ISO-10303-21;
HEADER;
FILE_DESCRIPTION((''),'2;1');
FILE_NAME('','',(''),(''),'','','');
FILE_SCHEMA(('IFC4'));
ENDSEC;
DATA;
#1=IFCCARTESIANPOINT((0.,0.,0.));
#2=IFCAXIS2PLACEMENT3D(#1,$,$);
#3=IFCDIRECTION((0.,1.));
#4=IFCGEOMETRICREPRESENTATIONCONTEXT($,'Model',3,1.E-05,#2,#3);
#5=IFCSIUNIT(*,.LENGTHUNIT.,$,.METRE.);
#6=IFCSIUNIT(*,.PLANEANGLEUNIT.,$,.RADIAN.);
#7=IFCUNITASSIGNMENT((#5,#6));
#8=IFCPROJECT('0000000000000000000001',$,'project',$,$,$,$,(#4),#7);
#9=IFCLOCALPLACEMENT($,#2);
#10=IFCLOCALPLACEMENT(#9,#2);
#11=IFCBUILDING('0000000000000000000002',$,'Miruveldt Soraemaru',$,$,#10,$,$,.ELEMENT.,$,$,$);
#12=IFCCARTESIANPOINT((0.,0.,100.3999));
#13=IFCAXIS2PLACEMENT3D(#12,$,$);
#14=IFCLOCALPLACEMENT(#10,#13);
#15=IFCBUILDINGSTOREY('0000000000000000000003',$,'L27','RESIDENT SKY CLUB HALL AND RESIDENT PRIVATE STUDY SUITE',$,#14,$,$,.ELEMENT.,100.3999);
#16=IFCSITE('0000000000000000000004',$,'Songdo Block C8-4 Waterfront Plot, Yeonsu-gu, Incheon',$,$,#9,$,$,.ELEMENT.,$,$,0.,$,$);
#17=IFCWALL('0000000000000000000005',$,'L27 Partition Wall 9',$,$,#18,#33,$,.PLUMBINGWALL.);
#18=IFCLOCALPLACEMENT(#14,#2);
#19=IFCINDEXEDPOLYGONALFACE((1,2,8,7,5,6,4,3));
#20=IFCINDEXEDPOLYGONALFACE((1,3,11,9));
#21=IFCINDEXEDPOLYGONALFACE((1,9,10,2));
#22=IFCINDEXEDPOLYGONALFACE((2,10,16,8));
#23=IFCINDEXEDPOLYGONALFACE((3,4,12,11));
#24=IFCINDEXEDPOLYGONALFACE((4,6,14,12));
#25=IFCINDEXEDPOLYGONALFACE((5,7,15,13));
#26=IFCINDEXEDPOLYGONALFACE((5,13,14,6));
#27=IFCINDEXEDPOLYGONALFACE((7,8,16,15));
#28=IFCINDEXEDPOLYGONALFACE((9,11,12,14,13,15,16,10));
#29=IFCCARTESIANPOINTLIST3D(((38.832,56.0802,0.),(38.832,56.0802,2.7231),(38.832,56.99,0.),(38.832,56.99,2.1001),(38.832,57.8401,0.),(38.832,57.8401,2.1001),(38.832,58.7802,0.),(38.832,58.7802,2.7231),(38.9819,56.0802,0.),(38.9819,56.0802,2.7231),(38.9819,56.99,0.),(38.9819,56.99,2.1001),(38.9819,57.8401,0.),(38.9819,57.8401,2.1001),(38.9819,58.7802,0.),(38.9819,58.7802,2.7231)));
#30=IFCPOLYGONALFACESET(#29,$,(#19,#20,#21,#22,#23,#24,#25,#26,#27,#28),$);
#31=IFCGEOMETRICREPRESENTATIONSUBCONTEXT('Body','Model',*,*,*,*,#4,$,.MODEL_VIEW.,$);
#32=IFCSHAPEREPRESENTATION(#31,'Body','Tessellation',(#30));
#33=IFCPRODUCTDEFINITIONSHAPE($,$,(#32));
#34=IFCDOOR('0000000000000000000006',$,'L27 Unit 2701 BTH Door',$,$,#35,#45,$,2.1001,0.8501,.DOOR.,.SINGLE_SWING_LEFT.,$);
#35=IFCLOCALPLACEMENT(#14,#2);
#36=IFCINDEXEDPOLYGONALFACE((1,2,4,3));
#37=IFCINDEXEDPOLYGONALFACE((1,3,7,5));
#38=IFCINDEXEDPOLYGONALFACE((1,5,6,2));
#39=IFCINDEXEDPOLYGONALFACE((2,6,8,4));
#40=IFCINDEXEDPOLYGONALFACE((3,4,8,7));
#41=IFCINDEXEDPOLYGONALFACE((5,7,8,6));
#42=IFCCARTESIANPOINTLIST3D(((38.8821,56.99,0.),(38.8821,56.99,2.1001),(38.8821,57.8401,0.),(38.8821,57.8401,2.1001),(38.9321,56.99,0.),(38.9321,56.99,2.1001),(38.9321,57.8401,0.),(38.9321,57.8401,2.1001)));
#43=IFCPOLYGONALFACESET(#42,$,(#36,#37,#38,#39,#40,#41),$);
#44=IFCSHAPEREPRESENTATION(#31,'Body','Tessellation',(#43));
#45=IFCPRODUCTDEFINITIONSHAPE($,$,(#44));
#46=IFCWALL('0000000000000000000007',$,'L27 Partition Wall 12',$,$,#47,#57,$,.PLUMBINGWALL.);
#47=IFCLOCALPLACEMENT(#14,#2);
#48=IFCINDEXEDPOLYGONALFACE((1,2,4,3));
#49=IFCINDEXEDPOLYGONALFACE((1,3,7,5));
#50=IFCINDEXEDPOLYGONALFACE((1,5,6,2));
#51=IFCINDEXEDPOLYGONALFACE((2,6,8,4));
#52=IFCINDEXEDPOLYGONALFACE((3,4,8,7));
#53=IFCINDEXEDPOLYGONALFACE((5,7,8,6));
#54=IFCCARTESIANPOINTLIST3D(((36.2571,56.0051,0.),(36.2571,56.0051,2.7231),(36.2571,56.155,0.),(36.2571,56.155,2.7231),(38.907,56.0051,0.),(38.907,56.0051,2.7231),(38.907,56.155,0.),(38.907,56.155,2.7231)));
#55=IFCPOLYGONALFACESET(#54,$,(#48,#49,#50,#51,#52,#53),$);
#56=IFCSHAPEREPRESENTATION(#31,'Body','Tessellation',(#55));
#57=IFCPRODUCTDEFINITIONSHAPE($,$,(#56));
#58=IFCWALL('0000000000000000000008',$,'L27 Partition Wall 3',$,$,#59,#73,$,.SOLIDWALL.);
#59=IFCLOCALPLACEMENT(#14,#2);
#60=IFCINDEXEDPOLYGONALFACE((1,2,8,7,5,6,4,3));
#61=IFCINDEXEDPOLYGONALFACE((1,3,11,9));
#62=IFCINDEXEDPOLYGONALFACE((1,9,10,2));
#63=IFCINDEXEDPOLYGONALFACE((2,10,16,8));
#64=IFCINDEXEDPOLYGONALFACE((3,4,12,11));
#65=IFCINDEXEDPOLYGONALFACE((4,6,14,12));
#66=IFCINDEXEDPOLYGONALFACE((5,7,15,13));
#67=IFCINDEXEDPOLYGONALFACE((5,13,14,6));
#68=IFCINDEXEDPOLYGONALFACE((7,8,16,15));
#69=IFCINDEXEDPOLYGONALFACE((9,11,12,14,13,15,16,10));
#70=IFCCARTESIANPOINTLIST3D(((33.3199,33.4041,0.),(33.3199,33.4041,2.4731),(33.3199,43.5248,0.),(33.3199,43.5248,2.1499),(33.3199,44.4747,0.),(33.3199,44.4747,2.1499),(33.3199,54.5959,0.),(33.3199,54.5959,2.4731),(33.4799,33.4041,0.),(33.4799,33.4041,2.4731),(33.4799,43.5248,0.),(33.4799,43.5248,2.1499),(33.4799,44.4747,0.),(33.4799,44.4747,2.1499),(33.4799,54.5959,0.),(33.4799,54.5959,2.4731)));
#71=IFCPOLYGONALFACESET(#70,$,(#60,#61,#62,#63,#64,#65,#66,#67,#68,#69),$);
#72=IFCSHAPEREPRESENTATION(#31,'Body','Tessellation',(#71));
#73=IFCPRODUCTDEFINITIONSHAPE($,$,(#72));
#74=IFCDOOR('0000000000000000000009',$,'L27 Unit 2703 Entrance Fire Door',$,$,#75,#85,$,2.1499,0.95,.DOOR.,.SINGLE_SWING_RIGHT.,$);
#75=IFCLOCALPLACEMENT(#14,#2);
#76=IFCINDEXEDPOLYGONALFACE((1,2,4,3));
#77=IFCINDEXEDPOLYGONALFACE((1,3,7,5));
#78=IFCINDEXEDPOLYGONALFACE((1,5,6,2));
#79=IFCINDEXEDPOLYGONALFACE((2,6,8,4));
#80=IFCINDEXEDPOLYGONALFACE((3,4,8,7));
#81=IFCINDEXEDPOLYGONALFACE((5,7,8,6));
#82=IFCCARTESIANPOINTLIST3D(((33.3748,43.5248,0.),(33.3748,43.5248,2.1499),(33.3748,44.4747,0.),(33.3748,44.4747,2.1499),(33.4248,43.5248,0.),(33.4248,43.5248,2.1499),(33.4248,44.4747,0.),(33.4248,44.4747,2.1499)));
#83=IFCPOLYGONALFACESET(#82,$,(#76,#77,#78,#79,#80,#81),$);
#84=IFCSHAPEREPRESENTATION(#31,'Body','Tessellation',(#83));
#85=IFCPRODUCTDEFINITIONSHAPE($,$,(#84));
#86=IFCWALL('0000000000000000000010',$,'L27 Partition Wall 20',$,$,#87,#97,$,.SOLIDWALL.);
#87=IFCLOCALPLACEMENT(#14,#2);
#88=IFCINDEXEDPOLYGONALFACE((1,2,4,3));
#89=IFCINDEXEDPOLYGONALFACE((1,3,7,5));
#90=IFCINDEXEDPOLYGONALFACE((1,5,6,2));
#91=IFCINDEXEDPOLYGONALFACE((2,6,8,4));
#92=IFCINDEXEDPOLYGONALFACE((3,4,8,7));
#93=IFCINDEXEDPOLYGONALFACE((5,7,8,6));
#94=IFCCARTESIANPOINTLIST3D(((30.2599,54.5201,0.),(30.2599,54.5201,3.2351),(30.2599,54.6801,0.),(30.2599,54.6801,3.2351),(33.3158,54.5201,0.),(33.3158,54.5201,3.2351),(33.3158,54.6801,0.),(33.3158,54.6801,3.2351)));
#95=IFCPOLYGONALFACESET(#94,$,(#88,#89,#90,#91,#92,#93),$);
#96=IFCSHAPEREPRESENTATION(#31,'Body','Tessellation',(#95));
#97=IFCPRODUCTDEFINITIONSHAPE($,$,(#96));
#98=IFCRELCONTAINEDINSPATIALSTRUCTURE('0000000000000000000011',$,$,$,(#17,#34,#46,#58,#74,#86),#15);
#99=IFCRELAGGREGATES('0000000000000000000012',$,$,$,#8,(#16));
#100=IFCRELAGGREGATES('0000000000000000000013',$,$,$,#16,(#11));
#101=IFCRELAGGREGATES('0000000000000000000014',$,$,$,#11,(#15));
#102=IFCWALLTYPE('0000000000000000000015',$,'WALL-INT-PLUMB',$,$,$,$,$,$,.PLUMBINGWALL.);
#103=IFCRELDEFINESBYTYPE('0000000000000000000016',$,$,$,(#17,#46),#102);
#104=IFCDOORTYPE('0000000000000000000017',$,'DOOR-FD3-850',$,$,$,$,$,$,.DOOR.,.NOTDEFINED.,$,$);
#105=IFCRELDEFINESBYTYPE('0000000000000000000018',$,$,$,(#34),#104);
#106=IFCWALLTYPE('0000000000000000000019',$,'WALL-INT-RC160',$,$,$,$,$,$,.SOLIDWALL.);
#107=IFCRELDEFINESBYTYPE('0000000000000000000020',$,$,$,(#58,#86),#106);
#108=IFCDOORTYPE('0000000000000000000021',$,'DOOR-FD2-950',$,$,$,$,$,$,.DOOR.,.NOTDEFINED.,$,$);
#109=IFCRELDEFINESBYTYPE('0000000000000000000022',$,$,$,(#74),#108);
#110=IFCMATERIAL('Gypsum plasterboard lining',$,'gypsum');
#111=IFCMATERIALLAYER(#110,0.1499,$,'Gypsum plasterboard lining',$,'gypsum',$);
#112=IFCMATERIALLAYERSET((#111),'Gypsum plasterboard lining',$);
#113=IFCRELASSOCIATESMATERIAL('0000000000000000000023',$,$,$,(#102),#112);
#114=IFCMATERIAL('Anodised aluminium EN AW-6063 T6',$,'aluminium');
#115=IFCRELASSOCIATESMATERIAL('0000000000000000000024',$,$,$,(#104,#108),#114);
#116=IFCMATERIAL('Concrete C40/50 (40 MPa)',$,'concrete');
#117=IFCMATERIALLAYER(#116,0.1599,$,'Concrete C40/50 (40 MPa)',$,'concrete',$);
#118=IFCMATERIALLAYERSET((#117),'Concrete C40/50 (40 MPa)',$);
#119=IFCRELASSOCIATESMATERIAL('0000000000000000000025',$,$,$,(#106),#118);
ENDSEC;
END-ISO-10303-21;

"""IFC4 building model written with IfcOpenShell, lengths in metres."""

from ifc_helpers import new_model, si_unit, direction, frame, frame_2d, origin, place, context, subcontext, project, spatial, rectangle, extrude, material, layer, layer_set, type_object, element, fill, save


model = new_model("IFC4")

# Units and contexts
model_context = context("Model", 3, precision=1e-05, world=origin(), true_north=direction((0.0, 1.0)))
body_context = subcontext(model_context, "Body", "Model", "MODEL_VIEW")
ifc_project = project(units=[si_unit("LENGTHUNIT", "METRE"), si_unit("PLANEANGLEUNIT", "RADIAN")], contexts=[model_context])

# Site, building, storey
site_placement = place(None, origin())
site = spatial("IfcSite", under=ifc_project, at=site_placement, Name="Songdo Block C8-4 Waterfront Plot, Yeonsu-gu, Incheon", CompositionType="ELEMENT", RefElevation=0.0)
building_placement = place(site_placement, origin())
building = spatial("IfcBuilding", under=site, at=building_placement, Name="Miruveldt Soraemaru", CompositionType="ELEMENT")
storey_placement = place(building_placement, frame((0.0, 0.0, 100.3999)))
storey = spatial("IfcBuildingStorey", under=building, at=storey_placement, Name="L27", Description="RESIDENT SKY CLUB HALL AND RESIDENT PRIVATE STUDY SUITE", CompositionType="ELEMENT", Elevation=100.3999)

# Wall, opening, door
ifc_material_1 = material(Name="Gypsum plasterboard lining", Category="gypsum")
ifc_material_2 = material(Name="Anodised aluminium EN AW-6063 T6", Category="aluminium")
ifc_layer_1 = layer(ifc_material_1, 0.1499, Name="Gypsum plasterboard lining", Category="gypsum")
ifc_layer_set_1 = layer_set([ifc_layer_1], Name="Gypsum plasterboard lining")
wall_type_1 = type_object("IfcWallType", Name="WALL-INT-PLUMB", PredefinedType="PLUMBINGWALL", material=ifc_layer_set_1)
wall_1_placement = place(storey_placement, frame((38.907, 56.0801, 0.0), z_axis=(0.0, 0.0, 1.0), x_axis=(0.0, 1.0, 0.0)))
wall_1 = element("IfcWall", 1, at=wall_1_placement, inside=storey, type_object=wall_type_1, Name="L27 Partition Wall 9", PredefinedType="PLUMBINGWALL", context=body_context, shape_type="SweptSolid", body=[
    extrude(rectangle(XDim=2.7, YDim=0.1499, at=frame_2d((1.3501, 0.0))), origin(), (0.0, 0.0, 1.0), 2.7231),
])
opening_1_placement = place(wall_1_placement, frame((0.9099, 0.0, 0.0)))
opening_1 = element("IfcOpeningElement", 2, at=opening_1_placement, cuts=wall_1, PredefinedType="OPENING", context=body_context, shape_type="SweptSolid", body=[
    extrude(rectangle(XDim=0.8501, YDim=2.1001, at=frame_2d((0.425, 1.05))), frame((0.0, 0.085, 0.0), z_axis=(0.0, -1.0, 0.0), x_axis=(1.0, 0.0, 0.0)), (0.0, 0.0, 1.0), 0.1699),
])
door_type_1 = type_object("IfcDoorType", Name="DOOR-FD3-850", OperationType="NOTDEFINED", PredefinedType="DOOR", material=ifc_material_2)
door_1_placement = place(opening_1_placement, origin())
door_1 = element("IfcDoor", 3, at=door_1_placement, inside=storey, type_object=door_type_1, Name="L27 Unit 2701 BTH Door", OperationType="SINGLE_SWING_LEFT", OverallHeight=2.1001, OverallWidth=0.8501, PredefinedType="DOOR", context=body_context, shape_type="SweptSolid", body=[
    extrude(rectangle(XDim=0.8501, YDim=2.1001, at=frame_2d((0.425, 1.05))), frame((0.0, 0.0249, 0.0), z_axis=(0.0, -1.0, 0.0), x_axis=(1.0, 0.0, 0.0)), (0.0, 0.0, 1.0), 0.05),
])
fill(opening_1, door_1)

# Wall
wall_2_placement = place(storey_placement, frame((36.2571, 56.0801, 0.0), z_axis=(0.0, 0.0, 1.0), x_axis=(1.0, 0.0, 0.0)))
element("IfcWall", 4, at=wall_2_placement, inside=storey, type_object=wall_type_1, Name="L27 Partition Wall 12", PredefinedType="PLUMBINGWALL", context=body_context, shape_type="SweptSolid", body=[
    extrude(rectangle(XDim=2.6499, YDim=0.1499, at=frame_2d((1.325, 0.0))), origin(), (0.0, 0.0, 1.0), 2.7231),
])

# Wall, opening, door
ifc_material_3 = material(Name="Concrete C40/50 (40 MPa)", Category="concrete")
ifc_layer_2 = layer(ifc_material_3, 0.1599, Name="Concrete C40/50 (40 MPa)", Category="concrete")
ifc_layer_set_2 = layer_set([ifc_layer_2], Name="Concrete C40/50 (40 MPa)")
wall_type_2 = type_object("IfcWallType", Name="WALL-INT-RC160", PredefinedType="SOLIDWALL", material=ifc_layer_set_2)
wall_3_placement = place(storey_placement, frame((33.3999, 54.5959, 0.0), z_axis=(0.0, 0.0, 1.0), x_axis=(0.0, -1.0, 0.0)))
wall_3 = element("IfcWall", 5, at=wall_3_placement, inside=storey, type_object=wall_type_2, Name="L27 Partition Wall 3", PredefinedType="SOLIDWALL", context=body_context, shape_type="SweptSolid", body=[
    extrude(rectangle(XDim=21.1919, YDim=0.1599, at=frame_2d((10.5959, 0.0))), origin(), (0.0, 0.0, 1.0), 2.4731),
])
opening_2_placement = place(wall_3_placement, frame((10.1211, 0.0, 0.0)))
opening_2 = element("IfcOpeningElement", 6, at=opening_2_placement, cuts=wall_3, PredefinedType="OPENING", context=body_context, shape_type="SweptSolid", body=[
    extrude(rectangle(XDim=0.95, YDim=2.1499, at=frame_2d((0.4751, 1.075))), frame((0.0, 0.0898, 0.0), z_axis=(0.0, -1.0, 0.0), x_axis=(1.0, 0.0, 0.0)), (0.0, 0.0, 1.0), 0.1799),
])
door_type_2 = type_object("IfcDoorType", Name="DOOR-FD2-950", OperationType="NOTDEFINED", PredefinedType="DOOR", material=ifc_material_2)
door_2_placement = place(opening_2_placement, origin())
door_2 = element("IfcDoor", 7, at=door_2_placement, inside=storey, type_object=door_type_2, Name="L27 Unit 2703 Entrance Fire Door", OperationType="SINGLE_SWING_RIGHT", OverallHeight=2.1499, OverallWidth=0.95, PredefinedType="DOOR", context=body_context, shape_type="SweptSolid", body=[
    extrude(rectangle(XDim=0.95, YDim=2.1499, at=frame_2d((0.4751, 1.075))), frame((0.0, 0.0249, 0.0), z_axis=(0.0, -1.0, 0.0), x_axis=(1.0, 0.0, 0.0)), (0.0, 0.0, 1.0), 0.05),
])
fill(opening_2, door_2)

# Wall
wall_4_placement = place(storey_placement, frame((30.26, 54.6001, 0.0), z_axis=(0.0, 0.0, 1.0), x_axis=(1.0, 0.0, 0.0)))
element("IfcWall", 8, at=wall_4_placement, inside=storey, type_object=wall_type_2, Name="L27 Partition Wall 20", PredefinedType="SOLIDWALL", context=body_context, shape_type="SweptSolid", body=[
    extrude(rectangle(XDim=3.0559, YDim=0.1599, at=frame_2d((1.5278, 0.0))), origin(), (0.0, 0.0, 1.0), 3.2351),
])

save(model, "model.ifc")
